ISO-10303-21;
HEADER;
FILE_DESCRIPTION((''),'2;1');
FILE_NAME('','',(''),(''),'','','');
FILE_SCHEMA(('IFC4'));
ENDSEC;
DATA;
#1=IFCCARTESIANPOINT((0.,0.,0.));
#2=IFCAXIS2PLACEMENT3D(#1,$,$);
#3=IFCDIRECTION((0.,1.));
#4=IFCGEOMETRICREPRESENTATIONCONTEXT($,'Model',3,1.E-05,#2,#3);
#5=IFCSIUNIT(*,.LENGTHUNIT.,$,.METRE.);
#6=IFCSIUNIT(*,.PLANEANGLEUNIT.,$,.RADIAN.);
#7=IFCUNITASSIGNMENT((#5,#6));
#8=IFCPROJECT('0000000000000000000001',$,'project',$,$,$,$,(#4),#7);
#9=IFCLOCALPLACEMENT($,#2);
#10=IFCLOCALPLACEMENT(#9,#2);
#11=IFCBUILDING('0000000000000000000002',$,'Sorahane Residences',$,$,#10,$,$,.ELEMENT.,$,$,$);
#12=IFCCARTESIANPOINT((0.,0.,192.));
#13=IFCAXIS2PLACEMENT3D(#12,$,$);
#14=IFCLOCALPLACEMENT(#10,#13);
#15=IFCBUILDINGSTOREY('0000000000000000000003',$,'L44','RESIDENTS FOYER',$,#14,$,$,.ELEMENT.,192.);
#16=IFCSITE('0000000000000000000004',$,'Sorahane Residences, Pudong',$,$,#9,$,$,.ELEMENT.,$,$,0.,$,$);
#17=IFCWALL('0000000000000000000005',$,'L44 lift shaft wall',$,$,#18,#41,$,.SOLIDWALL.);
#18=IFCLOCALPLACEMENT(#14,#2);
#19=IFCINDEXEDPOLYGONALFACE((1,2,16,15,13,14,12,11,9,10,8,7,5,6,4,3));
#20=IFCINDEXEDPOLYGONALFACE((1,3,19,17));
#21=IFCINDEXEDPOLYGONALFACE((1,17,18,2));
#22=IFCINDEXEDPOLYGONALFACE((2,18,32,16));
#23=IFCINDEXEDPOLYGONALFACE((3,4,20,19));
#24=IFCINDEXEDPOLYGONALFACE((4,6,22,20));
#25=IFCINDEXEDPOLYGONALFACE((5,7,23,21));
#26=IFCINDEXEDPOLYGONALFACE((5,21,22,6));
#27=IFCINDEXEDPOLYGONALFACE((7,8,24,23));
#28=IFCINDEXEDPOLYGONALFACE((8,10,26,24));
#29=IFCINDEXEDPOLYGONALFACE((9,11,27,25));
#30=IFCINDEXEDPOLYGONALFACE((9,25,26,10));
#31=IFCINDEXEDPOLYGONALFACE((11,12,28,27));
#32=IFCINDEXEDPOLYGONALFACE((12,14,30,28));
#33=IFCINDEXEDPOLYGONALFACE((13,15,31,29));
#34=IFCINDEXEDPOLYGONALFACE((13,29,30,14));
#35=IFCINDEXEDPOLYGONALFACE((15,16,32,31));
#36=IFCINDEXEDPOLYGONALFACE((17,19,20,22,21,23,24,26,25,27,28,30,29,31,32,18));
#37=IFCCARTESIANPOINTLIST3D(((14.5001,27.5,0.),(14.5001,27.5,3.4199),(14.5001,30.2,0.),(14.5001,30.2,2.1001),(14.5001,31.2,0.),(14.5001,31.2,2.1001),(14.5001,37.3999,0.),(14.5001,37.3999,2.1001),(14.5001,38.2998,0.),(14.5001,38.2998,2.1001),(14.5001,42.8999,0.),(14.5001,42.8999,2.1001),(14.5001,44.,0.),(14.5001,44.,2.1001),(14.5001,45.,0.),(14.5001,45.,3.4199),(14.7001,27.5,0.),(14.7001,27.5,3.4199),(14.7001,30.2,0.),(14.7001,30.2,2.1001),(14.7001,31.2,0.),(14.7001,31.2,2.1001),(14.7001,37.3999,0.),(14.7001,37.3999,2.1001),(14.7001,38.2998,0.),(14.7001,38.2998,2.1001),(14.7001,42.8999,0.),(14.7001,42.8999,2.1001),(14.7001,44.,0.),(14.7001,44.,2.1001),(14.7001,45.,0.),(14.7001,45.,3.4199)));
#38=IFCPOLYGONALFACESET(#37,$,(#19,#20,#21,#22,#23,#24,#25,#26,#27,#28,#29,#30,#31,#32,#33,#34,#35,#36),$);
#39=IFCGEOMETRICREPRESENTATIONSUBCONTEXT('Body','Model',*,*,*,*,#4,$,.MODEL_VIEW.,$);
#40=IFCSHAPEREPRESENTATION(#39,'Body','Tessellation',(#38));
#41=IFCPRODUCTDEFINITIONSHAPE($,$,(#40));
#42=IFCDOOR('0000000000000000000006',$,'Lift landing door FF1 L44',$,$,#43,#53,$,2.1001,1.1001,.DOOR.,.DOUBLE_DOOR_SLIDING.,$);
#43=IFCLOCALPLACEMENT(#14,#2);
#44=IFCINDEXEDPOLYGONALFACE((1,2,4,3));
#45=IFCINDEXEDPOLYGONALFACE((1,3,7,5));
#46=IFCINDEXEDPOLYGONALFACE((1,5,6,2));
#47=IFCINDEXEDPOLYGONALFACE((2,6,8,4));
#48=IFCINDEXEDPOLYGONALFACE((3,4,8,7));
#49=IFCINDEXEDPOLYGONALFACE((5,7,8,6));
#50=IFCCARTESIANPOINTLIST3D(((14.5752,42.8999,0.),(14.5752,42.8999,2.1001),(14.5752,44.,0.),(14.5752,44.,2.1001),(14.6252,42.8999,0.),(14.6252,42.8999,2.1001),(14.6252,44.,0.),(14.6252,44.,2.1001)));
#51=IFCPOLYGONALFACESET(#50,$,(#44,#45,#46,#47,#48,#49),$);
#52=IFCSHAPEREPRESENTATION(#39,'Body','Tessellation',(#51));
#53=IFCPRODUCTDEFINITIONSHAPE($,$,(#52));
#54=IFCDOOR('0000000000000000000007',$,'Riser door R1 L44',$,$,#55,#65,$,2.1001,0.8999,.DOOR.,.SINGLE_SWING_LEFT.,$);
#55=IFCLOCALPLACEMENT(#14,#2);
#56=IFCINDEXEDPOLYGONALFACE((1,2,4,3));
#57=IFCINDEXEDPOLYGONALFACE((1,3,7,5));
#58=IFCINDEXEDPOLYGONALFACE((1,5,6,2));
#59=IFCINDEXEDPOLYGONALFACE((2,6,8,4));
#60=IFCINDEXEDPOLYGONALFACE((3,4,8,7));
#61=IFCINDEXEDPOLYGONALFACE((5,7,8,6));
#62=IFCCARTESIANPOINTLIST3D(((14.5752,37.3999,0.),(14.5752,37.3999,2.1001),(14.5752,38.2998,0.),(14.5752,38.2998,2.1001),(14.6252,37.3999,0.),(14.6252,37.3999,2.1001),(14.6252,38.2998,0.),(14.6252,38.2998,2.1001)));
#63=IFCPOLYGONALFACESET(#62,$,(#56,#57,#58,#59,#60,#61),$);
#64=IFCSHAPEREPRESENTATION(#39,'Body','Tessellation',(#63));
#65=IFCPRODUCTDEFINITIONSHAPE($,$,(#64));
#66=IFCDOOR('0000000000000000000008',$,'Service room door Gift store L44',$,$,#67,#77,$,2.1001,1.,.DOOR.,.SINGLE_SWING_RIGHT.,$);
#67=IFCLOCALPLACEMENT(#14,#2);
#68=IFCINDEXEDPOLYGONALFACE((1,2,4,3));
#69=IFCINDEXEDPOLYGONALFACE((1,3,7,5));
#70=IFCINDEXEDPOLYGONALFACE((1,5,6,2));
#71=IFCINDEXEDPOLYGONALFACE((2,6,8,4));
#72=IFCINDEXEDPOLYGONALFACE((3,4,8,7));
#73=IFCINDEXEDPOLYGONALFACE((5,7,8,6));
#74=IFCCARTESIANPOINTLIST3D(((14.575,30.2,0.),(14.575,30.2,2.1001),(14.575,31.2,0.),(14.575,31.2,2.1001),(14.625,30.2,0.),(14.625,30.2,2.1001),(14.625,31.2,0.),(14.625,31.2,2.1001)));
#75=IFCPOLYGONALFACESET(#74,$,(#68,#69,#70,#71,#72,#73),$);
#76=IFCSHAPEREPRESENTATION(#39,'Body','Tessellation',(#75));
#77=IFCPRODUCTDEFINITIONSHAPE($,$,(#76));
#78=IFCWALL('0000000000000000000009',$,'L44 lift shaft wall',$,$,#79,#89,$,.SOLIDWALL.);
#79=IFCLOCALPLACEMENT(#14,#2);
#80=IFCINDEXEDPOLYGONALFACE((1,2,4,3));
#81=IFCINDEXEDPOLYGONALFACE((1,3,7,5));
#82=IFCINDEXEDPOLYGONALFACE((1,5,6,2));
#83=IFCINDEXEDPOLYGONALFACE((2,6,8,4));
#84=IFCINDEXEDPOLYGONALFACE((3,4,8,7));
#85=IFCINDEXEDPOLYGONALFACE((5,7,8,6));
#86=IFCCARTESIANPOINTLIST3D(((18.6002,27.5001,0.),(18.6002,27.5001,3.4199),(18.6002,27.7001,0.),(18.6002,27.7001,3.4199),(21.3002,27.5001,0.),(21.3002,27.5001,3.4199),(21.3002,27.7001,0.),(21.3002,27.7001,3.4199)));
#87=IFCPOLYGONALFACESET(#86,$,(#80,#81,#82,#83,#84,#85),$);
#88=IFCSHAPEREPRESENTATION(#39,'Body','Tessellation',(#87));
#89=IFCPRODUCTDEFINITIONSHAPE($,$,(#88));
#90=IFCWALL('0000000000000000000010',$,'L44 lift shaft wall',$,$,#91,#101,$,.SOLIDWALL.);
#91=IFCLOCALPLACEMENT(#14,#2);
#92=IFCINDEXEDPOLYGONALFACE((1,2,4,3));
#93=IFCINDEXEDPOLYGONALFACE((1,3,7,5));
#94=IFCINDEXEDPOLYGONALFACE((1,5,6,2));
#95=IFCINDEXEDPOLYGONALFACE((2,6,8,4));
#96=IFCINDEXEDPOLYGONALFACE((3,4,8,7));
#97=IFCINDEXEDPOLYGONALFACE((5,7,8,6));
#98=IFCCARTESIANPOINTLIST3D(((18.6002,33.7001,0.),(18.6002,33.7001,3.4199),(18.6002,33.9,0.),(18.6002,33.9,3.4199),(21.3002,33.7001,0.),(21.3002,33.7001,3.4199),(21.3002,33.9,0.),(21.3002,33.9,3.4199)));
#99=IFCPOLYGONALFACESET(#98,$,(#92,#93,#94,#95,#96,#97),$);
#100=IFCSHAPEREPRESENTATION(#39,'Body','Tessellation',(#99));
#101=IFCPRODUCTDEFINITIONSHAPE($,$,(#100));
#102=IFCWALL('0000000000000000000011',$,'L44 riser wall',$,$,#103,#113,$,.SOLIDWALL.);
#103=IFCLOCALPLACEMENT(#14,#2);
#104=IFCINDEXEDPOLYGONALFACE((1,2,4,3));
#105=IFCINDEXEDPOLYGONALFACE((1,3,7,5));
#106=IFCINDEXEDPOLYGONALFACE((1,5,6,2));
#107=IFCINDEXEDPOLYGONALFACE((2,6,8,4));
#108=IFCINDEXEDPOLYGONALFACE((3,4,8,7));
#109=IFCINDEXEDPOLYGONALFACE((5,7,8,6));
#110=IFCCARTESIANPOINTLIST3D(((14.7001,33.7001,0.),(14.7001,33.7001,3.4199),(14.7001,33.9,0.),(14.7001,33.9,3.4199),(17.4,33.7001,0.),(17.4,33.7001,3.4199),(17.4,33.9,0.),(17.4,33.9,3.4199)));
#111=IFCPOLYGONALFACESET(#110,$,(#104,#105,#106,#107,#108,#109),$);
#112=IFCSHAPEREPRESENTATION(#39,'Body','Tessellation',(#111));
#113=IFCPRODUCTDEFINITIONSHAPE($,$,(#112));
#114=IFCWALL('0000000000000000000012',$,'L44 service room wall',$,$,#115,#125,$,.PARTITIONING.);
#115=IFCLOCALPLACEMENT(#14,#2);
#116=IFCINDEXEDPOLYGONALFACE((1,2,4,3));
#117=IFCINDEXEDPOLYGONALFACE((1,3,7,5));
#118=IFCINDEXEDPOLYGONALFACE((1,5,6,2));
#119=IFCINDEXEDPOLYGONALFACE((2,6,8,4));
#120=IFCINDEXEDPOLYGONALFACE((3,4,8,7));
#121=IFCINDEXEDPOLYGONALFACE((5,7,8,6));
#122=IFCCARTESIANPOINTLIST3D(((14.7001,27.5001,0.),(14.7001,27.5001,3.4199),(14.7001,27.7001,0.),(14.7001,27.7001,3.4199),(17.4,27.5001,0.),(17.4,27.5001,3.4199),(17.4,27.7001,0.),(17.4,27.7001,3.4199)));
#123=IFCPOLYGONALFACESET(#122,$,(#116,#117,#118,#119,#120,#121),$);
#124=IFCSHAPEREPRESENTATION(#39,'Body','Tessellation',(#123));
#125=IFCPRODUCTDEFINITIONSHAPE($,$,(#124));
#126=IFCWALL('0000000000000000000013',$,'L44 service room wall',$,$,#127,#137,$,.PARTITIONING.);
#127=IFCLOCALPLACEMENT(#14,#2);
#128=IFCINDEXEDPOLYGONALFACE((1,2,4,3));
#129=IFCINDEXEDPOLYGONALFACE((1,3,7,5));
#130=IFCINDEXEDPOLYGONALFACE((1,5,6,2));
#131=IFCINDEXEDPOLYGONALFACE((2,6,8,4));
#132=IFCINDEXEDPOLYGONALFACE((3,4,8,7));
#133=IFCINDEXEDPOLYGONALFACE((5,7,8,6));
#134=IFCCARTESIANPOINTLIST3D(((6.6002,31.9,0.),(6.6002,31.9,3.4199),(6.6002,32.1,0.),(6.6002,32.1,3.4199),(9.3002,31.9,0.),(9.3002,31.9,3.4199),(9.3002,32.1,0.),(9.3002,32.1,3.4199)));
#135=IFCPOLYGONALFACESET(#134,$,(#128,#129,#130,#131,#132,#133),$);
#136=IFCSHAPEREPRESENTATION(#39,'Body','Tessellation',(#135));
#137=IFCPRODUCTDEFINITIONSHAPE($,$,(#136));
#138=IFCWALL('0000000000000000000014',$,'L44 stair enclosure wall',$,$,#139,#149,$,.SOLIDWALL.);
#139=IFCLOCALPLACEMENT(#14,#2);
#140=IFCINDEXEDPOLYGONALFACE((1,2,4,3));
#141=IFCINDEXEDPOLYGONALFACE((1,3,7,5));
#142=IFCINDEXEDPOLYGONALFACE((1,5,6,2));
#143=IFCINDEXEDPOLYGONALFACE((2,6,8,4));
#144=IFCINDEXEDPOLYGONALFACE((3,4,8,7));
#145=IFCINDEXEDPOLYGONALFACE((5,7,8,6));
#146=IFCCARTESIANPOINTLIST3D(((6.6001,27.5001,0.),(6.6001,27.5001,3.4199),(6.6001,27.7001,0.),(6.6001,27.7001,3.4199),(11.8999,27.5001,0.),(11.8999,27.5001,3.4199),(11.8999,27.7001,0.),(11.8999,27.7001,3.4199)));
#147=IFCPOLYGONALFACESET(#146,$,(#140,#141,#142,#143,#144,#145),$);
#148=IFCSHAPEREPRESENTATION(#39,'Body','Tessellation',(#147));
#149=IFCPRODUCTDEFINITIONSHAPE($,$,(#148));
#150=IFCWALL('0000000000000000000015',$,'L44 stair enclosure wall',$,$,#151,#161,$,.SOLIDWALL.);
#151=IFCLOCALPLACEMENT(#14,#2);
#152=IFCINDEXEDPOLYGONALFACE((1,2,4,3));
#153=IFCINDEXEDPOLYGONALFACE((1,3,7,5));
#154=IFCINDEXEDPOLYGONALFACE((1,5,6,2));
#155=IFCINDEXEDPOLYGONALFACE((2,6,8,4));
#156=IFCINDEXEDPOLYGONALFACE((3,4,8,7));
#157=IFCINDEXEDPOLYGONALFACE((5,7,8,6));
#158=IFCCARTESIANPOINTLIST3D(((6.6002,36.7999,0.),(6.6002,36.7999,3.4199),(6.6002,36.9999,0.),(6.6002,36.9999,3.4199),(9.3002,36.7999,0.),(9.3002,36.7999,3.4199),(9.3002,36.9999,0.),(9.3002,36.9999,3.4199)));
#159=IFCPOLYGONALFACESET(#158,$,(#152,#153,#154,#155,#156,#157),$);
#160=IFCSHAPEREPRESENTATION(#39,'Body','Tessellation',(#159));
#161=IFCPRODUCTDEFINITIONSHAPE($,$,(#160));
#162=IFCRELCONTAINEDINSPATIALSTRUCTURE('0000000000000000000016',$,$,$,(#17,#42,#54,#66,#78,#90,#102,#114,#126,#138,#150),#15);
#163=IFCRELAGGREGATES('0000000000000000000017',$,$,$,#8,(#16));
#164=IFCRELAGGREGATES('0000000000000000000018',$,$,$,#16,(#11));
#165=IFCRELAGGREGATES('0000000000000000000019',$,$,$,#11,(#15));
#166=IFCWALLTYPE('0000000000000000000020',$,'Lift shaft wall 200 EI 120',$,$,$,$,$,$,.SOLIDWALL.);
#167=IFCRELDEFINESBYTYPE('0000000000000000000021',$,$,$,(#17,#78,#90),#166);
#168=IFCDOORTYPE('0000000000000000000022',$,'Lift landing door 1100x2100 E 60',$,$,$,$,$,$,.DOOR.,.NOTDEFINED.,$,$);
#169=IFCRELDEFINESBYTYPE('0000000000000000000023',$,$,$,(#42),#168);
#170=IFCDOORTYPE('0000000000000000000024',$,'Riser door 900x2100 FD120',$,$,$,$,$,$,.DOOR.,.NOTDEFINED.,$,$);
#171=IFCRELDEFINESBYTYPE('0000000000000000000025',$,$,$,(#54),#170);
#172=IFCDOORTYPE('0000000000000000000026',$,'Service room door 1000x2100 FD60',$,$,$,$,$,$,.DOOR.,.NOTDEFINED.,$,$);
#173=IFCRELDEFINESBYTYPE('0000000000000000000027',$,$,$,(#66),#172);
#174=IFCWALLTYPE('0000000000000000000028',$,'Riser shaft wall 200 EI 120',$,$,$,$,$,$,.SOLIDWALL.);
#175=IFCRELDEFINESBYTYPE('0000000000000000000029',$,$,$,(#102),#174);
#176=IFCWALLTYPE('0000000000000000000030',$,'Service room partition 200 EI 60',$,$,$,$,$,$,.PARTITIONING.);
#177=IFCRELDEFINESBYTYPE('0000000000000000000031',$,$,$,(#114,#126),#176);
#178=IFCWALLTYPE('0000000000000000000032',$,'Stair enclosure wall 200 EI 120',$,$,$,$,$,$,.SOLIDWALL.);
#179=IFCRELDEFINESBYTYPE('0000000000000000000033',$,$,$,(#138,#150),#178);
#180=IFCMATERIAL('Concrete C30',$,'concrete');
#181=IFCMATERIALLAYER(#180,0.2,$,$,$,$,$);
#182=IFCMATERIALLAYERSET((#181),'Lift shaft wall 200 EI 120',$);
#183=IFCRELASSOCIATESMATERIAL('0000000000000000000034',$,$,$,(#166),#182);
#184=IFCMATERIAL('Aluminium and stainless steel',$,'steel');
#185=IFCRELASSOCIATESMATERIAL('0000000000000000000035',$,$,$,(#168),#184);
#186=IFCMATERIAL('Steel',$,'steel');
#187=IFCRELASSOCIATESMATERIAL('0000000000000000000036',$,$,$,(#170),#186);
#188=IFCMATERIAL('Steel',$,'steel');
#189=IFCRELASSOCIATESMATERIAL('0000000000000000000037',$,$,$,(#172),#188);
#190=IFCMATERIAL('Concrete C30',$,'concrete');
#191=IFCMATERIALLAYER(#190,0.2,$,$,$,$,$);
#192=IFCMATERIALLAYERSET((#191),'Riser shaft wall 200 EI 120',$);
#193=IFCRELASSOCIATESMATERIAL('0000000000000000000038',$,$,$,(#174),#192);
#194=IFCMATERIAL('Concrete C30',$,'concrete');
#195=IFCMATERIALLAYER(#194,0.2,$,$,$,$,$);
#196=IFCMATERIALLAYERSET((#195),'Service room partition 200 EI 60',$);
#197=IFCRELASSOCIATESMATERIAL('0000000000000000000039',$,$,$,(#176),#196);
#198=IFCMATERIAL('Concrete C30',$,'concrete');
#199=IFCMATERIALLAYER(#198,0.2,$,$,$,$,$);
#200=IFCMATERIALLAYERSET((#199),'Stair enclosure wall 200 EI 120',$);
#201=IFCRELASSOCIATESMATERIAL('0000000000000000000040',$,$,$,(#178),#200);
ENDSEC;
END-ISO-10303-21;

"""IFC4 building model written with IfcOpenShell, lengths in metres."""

from ifc_helpers import new_model, si_unit, direction, frame, frame_2d, origin, place, context, subcontext, project, spatial, rectangle, extrude, material, layer, layer_set, type_object, element, fill, save


model = new_model("IFC4")

# Units and contexts
model_context = context("Model", 3, precision=1e-05, world=origin(), true_north=direction((0.0, 1.0)))
body_context = subcontext(model_context, "Body", "Model", "MODEL_VIEW")
ifc_project = project(units=[si_unit("LENGTHUNIT", "METRE"), si_unit("PLANEANGLEUNIT", "RADIAN")], contexts=[model_context])

# Site, building, storey
site_placement = place(None, origin())
site = spatial("IfcSite", under=ifc_project, at=site_placement, Name="Sorahane Residences, Pudong", CompositionType="ELEMENT", RefElevation=0.0)
building_placement = place(site_placement, origin())
building = spatial("IfcBuilding", under=site, at=building_placement, Name="Sorahane Residences", CompositionType="ELEMENT")
storey_placement = place(building_placement, frame((0.0, 0.0, 192.0)))
storey = spatial("IfcBuildingStorey", under=building, at=storey_placement, Name="L44", Description="RESIDENTS FOYER", CompositionType="ELEMENT", Elevation=192.0)

# Wall, openings, doors
ifc_material_1 = material(Name="Concrete C30", Category="concrete")
ifc_layer_1 = layer(ifc_material_1, 0.2)
ifc_layer_set_1 = layer_set([ifc_layer_1], Name="Lift shaft wall 200 EI 120")
wall_type_1 = type_object("IfcWallType", Name="Lift shaft wall 200 EI 120", PredefinedType="SOLIDWALL", material=ifc_layer_set_1)
wall_1_placement = place(storey_placement, frame((14.6001, 27.5, 0.0), z_axis=(0.0, 0.0, 1.0), x_axis=(0.0, 1.0, 0.0)))
wall_1 = element("IfcWall", 1, at=wall_1_placement, inside=storey, type_object=wall_type_1, Name="L44 lift shaft wall", PredefinedType="SOLIDWALL", context=body_context, shape_type="SweptSolid", body=[
    extrude(rectangle(XDim=17.5, YDim=0.2, at=frame_2d((8.75, 0.0))), origin(), (0.0, 0.0, 1.0), 3.4199),
])
opening_1_placement = place(wall_1_placement, frame((15.3999, 0.0, 0.0)))
opening_1 = element("IfcOpeningElement", 2, at=opening_1_placement, cuts=wall_1, PredefinedType="OPENING", context=body_context, shape_type="SweptSolid", body=[
    extrude(rectangle(XDim=1.1001, YDim=2.1001, at=frame_2d((0.55, 1.05))), frame((0.0, 0.1099, 0.0), z_axis=(0.0, -1.0, 0.0), x_axis=(1.0, 0.0, 0.0)), (0.0, 0.0, 1.0), 0.22),
])
opening_2_placement = place(wall_1_placement, frame((2.7, 0.0, 0.0)))
opening_2 = element("IfcOpeningElement", 3, at=opening_2_placement, cuts=wall_1, PredefinedType="OPENING", context=body_context, shape_type="SweptSolid", body=[
    extrude(rectangle(XDim=1.0, YDim=2.1001, at=frame_2d((0.5, 1.05))), frame((0.0, 0.1099, 0.0), z_axis=(0.0, -1.0, 0.0), x_axis=(1.0, 0.0, 0.0)), (0.0, 0.0, 1.0), 0.22),
])
opening_3_placement = place(wall_1_placement, frame((9.8999, 0.0, 0.0)))
opening_3 = element("IfcOpeningElement", 4, at=opening_3_placement, cuts=wall_1, PredefinedType="OPENING", context=body_context, shape_type="SweptSolid", body=[
    extrude(rectangle(XDim=0.8999, YDim=2.1001, at=frame_2d((0.45, 1.05))), frame((0.0, 0.1099, 0.0), z_axis=(0.0, -1.0, 0.0), x_axis=(1.0, 0.0, 0.0)), (0.0, 0.0, 1.0), 0.22),
])
ifc_material_2 = material(Name="Aluminium and stainless steel", Category="steel")
door_type_1 = type_object("IfcDoorType", Name="Lift landing door 1100x2100 E 60", OperationType="NOTDEFINED", PredefinedType="DOOR", material=ifc_material_2)
door_1_placement = place(opening_1_placement, origin())
door_1 = element("IfcDoor", 5, at=door_1_placement, inside=storey, type_object=door_type_1, Name="Lift landing door FF1 L44", OperationType="DOUBLE_DOOR_SLIDING", OverallHeight=2.1001, OverallWidth=1.1001, PredefinedType="DOOR", context=body_context, shape_type="SweptSolid", body=[
    extrude(rectangle(XDim=1.1001, YDim=2.1001, at=frame_2d((0.55, 1.05))), frame((0.0, 0.0249, 0.0), z_axis=(0.0, -1.0, 0.0), x_axis=(1.0, 0.0, 0.0)), (0.0, 0.0, 1.0), 0.05),
])
fill(opening_1, door_1)
ifc_material_3 = material(Name="Steel", Category="steel")
door_type_2 = type_object("IfcDoorType", Name="Riser door 900x2100 FD120", OperationType="NOTDEFINED", PredefinedType="DOOR", material=ifc_material_3)
door_2_placement = place(opening_3_placement, origin())
door_2 = element("IfcDoor", 6, at=door_2_placement, inside=storey, type_object=door_type_2, Name="Riser door R1 L44", OperationType="SINGLE_SWING_LEFT", OverallHeight=2.1001, OverallWidth=0.8999, PredefinedType="DOOR", context=body_context, shape_type="SweptSolid", body=[
    extrude(rectangle(XDim=0.8999, YDim=2.1001, at=frame_2d((0.45, 1.05))), frame((0.0, 0.0249, 0.0), z_axis=(0.0, -1.0, 0.0), x_axis=(1.0, 0.0, 0.0)), (0.0, 0.0, 1.0), 0.05),
])
fill(opening_3, door_2)
ifc_material_4 = material(Name="Steel", Category="steel")
door_type_3 = type_object("IfcDoorType", Name="Service room door 1000x2100 FD60", OperationType="NOTDEFINED", PredefinedType="DOOR", material=ifc_material_4)
door_3_placement = place(opening_2_placement, frame((1.0, 0.0, 0.0), z_axis=(0.0, 0.0, 1.0), x_axis=(-1.0, 0.0, 0.0)))
door_3 = element("IfcDoor", 7, at=door_3_placement, inside=storey, type_object=door_type_3, Name="Service room door Gift store L44", OperationType="SINGLE_SWING_RIGHT", OverallHeight=2.1001, OverallWidth=1.0, PredefinedType="DOOR", context=body_context, shape_type="SweptSolid", body=[
    extrude(rectangle(XDim=1.0, YDim=2.1001, at=frame_2d((0.5, 1.05))), frame((0.0, 0.0249, 0.0), z_axis=(0.0, -1.0, 0.0), x_axis=(1.0, 0.0, 0.0)), (0.0, 0.0, 1.0), 0.05),
])
fill(opening_2, door_3)

# Walls
for number, where, z_axis, x_axis, name in (
    (8, (18.6001, 27.6001, 0.0), (0.0, 0.0, 1.0), (1.0, 0.0, 0.0), "L44 lift shaft wall"),
    (9, (18.6001, 33.8, 0.0), (0.0, 0.0, 1.0), (1.0, 0.0, 0.0), "L44 lift shaft wall"),
):
    element("IfcWall", number, at=place(storey_placement, frame(where, z_axis=z_axis, x_axis=x_axis)), inside=storey, type_object=wall_type_1, Name=name, PredefinedType="SOLIDWALL", context=body_context, shape_type="SweptSolid", body=[
        extrude(rectangle(XDim=2.7, YDim=0.2, at=frame_2d((1.3501, 0.0))), origin(), (0.0, 0.0, 1.0), 3.4199),
    ])
ifc_material_5 = material(Name="Concrete C30", Category="concrete")
ifc_layer_2 = layer(ifc_material_5, 0.2)
ifc_layer_set_2 = layer_set([ifc_layer_2], Name="Riser shaft wall 200 EI 120")
wall_type_2 = type_object("IfcWallType", Name="Riser shaft wall 200 EI 120", PredefinedType="SOLIDWALL", material=ifc_layer_set_2)
wall_2_placement = place(storey_placement, frame((14.7, 33.8, 0.0), z_axis=(0.0, 0.0, 1.0), x_axis=(1.0, 0.0, 0.0)))
element("IfcWall", 10, at=wall_2_placement, inside=storey, type_object=wall_type_2, Name="L44 riser wall", PredefinedType="SOLIDWALL", context=body_context, shape_type="SweptSolid", body=[
    extrude(rectangle(XDim=2.7, YDim=0.2, at=frame_2d((1.3501, 0.0))), origin(), (0.0, 0.0, 1.0), 3.4199),
])
ifc_material_6 = material(Name="Concrete C30", Category="concrete")
ifc_layer_3 = layer(ifc_material_6, 0.2)
ifc_layer_set_3 = layer_set([ifc_layer_3], Name="Service room partition 200 EI 60")
wall_type_3 = type_object("IfcWallType", Name="Service room partition 200 EI 60", PredefinedType="PARTITIONING", material=ifc_layer_set_3)
for number, where, z_axis, x_axis, name in (
    (11, (14.7, 27.6001, 0.0), (0.0, 0.0, 1.0), (1.0, 0.0, 0.0), "L44 service room wall"),
    (12, (6.6001, 32.0, 0.0), (0.0, 0.0, 1.0), (1.0, 0.0, 0.0), "L44 service room wall"),
):
    element("IfcWall", number, at=place(storey_placement, frame(where, z_axis=z_axis, x_axis=x_axis)), inside=storey, type_object=wall_type_3, Name=name, PredefinedType="PARTITIONING", context=body_context, shape_type="SweptSolid", body=[
        extrude(rectangle(XDim=2.7, YDim=0.2, at=frame_2d((1.3501, 0.0))), origin(), (0.0, 0.0, 1.0), 3.4199),
    ])
ifc_material_7 = material(Name="Concrete C30", Category="concrete")
ifc_layer_4 = layer(ifc_material_7, 0.2)
ifc_layer_set_4 = layer_set([ifc_layer_4], Name="Stair enclosure wall 200 EI 120")
wall_type_4 = type_object("IfcWallType", Name="Stair enclosure wall 200 EI 120", PredefinedType="SOLIDWALL", material=ifc_layer_set_4)
wall_3_placement = place(storey_placement, frame((6.6001, 27.6001, 0.0), z_axis=(0.0, 0.0, 1.0), x_axis=(1.0, 0.0, 0.0)))
element("IfcWall", 13, at=wall_3_placement, inside=storey, type_object=wall_type_4, Name="L44 stair enclosure wall", PredefinedType="SOLIDWALL", context=body_context, shape_type="SweptSolid", body=[
    extrude(rectangle(XDim=5.2998, YDim=0.2, at=frame_2d((2.6499, 0.0))), origin(), (0.0, 0.0, 1.0), 3.4199),
])
wall_4_placement = place(storey_placement, frame((6.6001, 36.8999, 0.0), z_axis=(0.0, 0.0, 1.0), x_axis=(1.0, 0.0, 0.0)))
element("IfcWall", 14, at=wall_4_placement, inside=storey, type_object=wall_type_4, Name="L44 stair enclosure wall", PredefinedType="SOLIDWALL", context=body_context, shape_type="SweptSolid", body=[
    extrude(rectangle(XDim=2.7, YDim=0.2, at=frame_2d((1.3501, 0.0))), origin(), (0.0, 0.0, 1.0), 3.4199),
])

save(model, "model.ifc")
